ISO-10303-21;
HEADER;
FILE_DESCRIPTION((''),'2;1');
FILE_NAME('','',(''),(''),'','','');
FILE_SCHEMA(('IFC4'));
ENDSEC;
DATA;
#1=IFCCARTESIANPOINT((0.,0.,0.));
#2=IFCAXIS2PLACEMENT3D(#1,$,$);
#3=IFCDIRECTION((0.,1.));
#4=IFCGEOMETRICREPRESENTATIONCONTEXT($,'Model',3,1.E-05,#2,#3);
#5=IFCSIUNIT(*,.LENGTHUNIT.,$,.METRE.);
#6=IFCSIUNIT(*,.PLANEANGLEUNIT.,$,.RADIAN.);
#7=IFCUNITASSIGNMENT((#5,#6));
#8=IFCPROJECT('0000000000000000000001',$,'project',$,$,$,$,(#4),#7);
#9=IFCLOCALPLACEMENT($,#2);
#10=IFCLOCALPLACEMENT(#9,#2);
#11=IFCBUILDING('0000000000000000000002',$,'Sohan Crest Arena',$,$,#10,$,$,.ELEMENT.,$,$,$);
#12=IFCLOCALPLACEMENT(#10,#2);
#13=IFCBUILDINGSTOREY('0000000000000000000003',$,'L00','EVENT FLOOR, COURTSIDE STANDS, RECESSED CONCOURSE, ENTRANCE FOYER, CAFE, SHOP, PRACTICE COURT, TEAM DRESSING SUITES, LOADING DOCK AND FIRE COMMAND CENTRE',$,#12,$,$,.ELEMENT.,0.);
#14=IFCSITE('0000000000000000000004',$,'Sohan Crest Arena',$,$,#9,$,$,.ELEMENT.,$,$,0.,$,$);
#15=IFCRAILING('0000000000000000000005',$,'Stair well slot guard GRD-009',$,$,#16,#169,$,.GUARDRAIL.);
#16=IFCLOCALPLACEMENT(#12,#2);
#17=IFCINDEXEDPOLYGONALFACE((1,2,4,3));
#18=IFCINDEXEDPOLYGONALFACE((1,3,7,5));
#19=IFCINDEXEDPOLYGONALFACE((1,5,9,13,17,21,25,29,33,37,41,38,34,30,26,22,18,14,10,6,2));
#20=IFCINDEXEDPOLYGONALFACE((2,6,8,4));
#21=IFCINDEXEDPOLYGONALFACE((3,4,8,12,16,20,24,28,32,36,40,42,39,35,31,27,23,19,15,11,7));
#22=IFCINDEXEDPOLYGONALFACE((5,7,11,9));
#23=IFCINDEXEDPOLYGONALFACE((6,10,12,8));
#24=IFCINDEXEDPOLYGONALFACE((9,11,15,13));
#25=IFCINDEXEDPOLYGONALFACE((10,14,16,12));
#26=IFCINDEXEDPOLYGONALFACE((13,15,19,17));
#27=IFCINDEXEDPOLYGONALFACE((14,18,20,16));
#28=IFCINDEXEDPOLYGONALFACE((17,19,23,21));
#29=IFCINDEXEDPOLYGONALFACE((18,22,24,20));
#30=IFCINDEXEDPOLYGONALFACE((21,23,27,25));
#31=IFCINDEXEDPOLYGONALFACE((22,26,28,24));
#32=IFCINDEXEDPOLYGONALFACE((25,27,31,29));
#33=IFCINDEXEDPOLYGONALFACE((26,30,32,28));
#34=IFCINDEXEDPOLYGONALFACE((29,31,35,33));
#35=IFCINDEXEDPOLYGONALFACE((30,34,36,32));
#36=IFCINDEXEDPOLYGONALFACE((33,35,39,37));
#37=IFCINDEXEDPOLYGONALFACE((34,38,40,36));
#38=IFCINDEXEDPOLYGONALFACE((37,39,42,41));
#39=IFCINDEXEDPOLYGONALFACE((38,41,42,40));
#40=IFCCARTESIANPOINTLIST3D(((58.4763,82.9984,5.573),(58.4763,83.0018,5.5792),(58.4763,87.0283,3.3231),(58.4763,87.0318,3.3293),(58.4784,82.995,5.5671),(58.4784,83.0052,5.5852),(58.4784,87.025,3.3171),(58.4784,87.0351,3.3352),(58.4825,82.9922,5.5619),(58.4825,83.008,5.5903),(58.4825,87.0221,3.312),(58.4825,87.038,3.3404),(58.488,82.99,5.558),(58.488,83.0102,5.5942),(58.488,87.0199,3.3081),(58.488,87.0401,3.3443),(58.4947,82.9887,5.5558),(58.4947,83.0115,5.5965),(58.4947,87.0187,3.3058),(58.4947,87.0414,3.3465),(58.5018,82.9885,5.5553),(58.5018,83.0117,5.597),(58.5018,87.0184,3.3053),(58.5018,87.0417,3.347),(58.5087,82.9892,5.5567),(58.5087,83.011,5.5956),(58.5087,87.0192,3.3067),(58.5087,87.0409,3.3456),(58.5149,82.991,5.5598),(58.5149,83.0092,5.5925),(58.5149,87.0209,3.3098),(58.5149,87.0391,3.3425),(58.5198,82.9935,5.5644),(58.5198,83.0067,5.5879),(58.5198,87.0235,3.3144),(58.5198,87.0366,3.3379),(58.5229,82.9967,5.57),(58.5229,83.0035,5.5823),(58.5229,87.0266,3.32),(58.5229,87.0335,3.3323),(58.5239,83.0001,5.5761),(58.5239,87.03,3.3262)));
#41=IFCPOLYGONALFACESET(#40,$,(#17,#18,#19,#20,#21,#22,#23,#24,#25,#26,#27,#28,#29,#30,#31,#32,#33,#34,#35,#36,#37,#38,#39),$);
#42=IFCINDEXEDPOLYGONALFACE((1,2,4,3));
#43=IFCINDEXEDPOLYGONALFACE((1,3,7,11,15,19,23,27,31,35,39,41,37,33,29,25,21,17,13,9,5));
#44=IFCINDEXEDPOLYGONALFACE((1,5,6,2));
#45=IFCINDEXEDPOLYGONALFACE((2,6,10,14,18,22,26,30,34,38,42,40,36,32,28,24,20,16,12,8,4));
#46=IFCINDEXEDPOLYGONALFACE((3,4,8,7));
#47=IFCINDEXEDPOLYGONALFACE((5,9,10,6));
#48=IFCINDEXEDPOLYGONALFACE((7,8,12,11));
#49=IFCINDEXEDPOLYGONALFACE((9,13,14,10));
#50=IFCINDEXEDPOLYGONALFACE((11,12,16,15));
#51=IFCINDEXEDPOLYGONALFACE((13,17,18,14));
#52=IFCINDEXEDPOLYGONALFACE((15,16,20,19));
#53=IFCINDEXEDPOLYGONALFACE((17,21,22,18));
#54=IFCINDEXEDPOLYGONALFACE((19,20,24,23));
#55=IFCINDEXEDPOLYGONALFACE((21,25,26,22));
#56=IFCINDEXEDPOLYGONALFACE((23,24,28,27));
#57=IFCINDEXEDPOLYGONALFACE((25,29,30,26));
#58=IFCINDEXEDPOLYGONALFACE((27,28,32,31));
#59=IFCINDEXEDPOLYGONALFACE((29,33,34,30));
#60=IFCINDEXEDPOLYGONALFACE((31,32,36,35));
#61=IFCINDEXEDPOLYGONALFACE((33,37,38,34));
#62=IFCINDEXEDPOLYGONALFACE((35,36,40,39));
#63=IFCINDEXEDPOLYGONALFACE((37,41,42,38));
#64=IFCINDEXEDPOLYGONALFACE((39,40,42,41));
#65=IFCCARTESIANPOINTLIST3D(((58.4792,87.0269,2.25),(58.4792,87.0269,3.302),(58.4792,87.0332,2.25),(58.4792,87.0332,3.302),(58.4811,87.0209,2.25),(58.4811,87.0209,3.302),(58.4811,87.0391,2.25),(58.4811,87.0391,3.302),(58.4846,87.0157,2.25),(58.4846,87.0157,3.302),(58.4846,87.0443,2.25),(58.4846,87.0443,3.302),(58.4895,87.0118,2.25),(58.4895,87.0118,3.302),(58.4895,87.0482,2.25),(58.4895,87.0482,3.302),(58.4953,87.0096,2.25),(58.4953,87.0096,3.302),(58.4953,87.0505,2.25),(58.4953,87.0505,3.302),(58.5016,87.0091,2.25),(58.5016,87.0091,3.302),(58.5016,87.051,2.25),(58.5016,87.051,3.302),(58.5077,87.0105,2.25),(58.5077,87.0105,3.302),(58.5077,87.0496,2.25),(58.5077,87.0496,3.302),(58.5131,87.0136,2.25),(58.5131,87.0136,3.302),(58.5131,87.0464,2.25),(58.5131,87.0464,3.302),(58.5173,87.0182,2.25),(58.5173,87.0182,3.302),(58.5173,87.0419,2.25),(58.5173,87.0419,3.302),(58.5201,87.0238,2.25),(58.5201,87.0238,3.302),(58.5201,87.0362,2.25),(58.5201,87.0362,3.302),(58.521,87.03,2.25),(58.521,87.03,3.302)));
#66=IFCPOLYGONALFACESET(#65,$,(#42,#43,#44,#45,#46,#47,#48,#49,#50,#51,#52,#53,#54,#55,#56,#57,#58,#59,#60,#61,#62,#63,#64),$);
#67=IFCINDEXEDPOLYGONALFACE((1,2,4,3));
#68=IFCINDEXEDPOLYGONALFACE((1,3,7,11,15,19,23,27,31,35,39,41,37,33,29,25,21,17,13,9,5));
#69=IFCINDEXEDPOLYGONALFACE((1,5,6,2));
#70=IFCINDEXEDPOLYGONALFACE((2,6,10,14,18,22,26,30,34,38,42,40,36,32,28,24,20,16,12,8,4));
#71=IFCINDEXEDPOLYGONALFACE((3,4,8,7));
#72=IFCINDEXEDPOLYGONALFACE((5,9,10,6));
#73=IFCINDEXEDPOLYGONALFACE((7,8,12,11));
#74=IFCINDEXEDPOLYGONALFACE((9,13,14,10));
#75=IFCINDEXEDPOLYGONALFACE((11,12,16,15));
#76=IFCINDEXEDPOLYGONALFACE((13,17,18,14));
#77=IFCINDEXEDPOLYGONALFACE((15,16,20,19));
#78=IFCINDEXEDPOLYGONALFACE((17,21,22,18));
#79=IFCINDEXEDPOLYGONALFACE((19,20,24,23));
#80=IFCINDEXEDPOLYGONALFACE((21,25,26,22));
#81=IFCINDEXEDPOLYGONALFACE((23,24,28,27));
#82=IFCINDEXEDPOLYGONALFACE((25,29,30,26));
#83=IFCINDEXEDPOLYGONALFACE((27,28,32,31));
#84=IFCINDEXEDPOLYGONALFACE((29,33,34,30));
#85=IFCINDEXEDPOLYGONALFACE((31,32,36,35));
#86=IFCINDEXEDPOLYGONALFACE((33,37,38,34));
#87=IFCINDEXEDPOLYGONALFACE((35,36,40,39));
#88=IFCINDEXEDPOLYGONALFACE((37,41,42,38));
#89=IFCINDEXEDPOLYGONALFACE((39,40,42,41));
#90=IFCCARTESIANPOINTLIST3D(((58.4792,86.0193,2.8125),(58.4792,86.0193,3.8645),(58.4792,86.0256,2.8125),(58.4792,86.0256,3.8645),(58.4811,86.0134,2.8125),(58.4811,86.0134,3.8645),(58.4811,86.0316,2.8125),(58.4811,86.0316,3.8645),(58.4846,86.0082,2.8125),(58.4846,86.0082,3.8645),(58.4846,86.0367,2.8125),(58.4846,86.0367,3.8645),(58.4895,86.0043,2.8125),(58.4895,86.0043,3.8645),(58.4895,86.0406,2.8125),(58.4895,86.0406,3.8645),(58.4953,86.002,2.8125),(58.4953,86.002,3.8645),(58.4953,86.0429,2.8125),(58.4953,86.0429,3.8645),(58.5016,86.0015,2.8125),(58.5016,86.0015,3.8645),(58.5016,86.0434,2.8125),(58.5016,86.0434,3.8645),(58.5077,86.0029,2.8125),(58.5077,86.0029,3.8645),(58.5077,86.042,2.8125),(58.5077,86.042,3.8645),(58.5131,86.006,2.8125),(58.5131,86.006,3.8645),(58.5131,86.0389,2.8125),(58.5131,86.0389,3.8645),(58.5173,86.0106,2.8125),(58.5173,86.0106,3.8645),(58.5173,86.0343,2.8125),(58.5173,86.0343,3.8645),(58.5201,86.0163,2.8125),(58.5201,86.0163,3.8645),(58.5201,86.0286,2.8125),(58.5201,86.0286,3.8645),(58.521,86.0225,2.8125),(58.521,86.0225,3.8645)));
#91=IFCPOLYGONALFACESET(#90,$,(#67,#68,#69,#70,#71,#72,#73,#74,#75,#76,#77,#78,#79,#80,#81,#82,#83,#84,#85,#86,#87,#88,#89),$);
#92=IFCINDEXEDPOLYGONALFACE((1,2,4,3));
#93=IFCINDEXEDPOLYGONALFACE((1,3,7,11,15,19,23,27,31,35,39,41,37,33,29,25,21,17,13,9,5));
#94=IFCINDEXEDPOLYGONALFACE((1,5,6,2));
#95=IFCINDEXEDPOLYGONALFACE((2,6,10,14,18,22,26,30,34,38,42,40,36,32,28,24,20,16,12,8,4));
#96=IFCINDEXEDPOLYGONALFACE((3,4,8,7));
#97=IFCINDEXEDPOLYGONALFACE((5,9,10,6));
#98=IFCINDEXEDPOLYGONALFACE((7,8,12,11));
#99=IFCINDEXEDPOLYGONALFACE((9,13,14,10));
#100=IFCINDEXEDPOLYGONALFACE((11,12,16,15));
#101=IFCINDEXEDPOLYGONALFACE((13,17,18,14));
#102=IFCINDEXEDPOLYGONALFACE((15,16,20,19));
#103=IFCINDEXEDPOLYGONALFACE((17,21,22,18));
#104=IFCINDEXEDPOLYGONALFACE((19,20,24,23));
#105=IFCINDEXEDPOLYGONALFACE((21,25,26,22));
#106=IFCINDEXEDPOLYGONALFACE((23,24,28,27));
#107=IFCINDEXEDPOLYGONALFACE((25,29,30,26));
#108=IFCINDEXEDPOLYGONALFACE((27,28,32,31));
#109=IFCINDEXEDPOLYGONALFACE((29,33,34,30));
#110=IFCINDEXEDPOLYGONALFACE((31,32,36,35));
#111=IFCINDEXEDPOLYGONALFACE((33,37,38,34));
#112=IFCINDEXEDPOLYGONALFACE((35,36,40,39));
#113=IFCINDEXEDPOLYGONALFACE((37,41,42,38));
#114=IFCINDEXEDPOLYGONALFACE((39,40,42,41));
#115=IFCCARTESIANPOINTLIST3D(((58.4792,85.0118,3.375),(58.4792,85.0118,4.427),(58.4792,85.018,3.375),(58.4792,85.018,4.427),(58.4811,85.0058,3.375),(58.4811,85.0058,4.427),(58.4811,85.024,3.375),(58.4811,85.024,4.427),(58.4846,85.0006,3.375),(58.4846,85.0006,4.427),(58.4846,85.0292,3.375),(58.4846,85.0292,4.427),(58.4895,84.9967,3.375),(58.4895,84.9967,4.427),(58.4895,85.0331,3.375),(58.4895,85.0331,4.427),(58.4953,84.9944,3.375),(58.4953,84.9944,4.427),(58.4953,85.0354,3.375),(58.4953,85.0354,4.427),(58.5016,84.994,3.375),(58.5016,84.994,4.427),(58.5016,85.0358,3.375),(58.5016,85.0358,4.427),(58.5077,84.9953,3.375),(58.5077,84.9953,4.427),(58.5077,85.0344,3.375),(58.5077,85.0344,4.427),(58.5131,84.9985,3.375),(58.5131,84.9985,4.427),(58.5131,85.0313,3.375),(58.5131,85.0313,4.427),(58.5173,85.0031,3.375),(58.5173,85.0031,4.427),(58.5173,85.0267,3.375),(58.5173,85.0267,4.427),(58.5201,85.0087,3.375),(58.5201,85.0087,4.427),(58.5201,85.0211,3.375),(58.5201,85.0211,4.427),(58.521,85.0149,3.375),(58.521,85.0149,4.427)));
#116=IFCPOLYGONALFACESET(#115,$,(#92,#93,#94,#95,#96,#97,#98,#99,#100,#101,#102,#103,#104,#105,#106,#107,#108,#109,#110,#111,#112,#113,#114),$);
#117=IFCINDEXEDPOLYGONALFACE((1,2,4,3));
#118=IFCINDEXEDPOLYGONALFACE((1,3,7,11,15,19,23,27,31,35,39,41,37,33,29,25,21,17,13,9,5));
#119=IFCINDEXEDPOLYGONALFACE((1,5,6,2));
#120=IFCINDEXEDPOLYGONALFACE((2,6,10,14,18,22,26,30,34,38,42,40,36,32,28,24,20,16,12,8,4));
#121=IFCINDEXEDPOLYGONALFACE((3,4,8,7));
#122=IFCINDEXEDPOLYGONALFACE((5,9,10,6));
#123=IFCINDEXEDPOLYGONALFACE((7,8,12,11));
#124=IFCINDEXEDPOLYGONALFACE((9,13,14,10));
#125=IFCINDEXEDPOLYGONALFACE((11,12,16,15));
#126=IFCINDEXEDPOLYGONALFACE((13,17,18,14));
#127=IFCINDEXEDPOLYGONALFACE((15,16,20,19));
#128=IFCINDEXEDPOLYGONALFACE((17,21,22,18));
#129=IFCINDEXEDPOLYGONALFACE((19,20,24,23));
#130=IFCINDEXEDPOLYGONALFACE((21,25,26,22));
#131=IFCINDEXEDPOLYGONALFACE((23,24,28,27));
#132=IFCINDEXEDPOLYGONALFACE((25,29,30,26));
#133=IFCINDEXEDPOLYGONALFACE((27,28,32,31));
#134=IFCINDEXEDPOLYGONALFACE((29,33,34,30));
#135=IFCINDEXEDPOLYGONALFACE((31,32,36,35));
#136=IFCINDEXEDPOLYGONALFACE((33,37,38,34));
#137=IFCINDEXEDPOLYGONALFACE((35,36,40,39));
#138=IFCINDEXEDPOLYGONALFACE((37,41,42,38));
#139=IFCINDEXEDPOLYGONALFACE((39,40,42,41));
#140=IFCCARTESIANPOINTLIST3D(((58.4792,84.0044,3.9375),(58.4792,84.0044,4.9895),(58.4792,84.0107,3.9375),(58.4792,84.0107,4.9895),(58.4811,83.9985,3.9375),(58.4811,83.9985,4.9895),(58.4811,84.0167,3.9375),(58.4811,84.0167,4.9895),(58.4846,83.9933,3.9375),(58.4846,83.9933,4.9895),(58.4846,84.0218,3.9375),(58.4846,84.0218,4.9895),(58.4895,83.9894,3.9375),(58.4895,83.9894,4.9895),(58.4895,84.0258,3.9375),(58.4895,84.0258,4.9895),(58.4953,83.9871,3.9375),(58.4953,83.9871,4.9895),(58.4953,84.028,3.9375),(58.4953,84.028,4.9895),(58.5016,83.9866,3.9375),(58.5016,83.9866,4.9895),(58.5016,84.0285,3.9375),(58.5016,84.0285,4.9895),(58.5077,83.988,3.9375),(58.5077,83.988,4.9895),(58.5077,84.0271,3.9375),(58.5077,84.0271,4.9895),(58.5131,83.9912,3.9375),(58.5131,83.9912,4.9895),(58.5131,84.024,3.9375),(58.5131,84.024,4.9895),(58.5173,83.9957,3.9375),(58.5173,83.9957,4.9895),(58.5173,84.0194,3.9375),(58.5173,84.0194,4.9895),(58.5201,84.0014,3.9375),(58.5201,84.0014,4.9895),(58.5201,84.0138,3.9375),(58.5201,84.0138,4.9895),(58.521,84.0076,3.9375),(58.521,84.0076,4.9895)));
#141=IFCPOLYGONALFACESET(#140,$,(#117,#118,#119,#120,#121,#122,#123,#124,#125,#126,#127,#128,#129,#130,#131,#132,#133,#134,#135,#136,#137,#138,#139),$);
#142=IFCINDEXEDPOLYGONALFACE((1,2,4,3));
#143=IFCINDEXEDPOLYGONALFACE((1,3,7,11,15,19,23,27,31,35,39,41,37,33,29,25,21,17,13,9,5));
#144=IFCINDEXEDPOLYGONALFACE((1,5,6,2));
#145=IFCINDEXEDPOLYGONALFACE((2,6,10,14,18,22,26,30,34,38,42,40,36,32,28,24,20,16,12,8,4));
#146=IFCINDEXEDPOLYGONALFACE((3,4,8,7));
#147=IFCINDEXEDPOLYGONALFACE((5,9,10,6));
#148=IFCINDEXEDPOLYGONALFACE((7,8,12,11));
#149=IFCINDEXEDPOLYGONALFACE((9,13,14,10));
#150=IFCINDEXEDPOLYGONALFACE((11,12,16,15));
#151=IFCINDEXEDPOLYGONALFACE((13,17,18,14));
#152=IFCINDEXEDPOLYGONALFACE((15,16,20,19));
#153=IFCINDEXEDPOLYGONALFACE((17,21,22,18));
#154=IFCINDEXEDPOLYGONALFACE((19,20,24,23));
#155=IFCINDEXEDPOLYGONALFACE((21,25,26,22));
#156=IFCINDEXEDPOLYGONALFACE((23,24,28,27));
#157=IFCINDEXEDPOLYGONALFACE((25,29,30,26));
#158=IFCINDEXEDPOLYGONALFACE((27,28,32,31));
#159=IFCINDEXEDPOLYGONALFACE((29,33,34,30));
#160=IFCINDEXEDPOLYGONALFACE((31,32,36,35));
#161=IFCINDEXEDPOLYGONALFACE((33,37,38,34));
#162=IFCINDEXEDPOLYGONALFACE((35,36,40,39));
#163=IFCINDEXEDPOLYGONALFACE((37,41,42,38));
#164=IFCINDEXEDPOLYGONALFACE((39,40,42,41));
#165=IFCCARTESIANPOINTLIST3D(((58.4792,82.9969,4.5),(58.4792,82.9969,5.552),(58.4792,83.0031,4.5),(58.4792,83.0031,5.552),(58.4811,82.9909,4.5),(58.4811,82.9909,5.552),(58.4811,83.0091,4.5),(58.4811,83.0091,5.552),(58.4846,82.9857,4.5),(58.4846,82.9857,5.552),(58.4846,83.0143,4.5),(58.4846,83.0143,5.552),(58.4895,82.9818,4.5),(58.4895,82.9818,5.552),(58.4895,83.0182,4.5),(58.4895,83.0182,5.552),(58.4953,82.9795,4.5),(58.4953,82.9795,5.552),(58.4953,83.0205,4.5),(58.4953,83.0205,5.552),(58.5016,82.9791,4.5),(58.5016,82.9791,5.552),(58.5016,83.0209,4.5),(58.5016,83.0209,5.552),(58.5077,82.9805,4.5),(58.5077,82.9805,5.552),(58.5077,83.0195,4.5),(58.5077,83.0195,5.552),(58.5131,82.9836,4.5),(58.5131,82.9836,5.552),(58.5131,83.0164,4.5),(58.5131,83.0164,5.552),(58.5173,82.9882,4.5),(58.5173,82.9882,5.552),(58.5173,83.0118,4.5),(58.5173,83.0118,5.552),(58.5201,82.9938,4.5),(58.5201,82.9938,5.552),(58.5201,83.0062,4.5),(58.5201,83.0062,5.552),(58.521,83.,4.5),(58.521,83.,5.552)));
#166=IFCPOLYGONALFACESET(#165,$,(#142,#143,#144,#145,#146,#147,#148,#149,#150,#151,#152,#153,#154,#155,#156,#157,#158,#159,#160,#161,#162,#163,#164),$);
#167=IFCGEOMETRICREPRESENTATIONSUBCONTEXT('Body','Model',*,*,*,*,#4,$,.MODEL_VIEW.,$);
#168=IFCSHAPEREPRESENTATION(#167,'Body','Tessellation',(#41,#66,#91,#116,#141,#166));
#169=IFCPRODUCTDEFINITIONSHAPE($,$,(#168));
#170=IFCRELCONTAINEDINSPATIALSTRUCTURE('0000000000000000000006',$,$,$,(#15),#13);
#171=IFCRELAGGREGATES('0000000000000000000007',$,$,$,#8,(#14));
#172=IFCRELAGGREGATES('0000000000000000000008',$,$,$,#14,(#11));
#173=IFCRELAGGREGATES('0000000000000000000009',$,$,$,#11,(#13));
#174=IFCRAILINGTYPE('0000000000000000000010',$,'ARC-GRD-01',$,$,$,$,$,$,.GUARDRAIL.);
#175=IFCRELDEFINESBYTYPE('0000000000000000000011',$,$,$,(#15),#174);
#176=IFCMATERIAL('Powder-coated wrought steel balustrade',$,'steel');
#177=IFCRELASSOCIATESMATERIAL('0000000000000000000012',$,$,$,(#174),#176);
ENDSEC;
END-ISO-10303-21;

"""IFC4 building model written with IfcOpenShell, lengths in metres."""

from ifc_helpers import new_model, si_unit, direction, frame, origin, origin_2d, place, context, subcontext, project, spatial, circle, extrude, material, type_object, element, save


model = new_model("IFC4")

# Units and contexts
model_context = context("Model", 3, precision=1e-05, world=origin(), true_north=direction((0.0, 1.0)))
body_context = subcontext(model_context, "Body", "Model", "MODEL_VIEW")
ifc_project = project(units=[si_unit("LENGTHUNIT", "METRE"), si_unit("PLANEANGLEUNIT", "RADIAN")], contexts=[model_context])

# Site, building, storey
site_placement = place(None, origin())
site = spatial("IfcSite", under=ifc_project, at=site_placement, Name="Sohan Crest Arena", CompositionType="ELEMENT", RefElevation=0.0)
building_placement = place(site_placement, origin())
building = spatial("IfcBuilding", under=site, at=building_placement, Name="Sohan Crest Arena", CompositionType="ELEMENT")
storey_placement = place(building_placement, origin())
storey = spatial("IfcBuildingStorey", under=building, at=storey_placement, Name="L00", Description="EVENT FLOOR, COURTSIDE STANDS, RECESSED CONCOURSE, ENTRANCE FOYER, CAFE, SHOP, PRACTICE COURT, TEAM DRESSING SUITES, LOADING DOCK AND FIRE COMMAND CENTRE", CompositionType="ELEMENT", Elevation=0.0)

# Railing
ifc_material_1 = material(Name="Powder-coated wrought steel balustrade", Category="steel")
railing_type_1 = type_object("IfcRailingType", Name="ARC-GRD-01", PredefinedType="GUARDRAIL", material=ifc_material_1)
railing_placement = place(storey_placement, frame((58.5, 87.03, 2.25)))
element("IfcRailing", 1, at=railing_placement, inside=storey, type_object=railing_type_1, Name="Stair well slot guard GRD-009", PredefinedType="GUARDRAIL", context=body_context, shape_type="SweptSolid", body=[
    extrude(circle(Radius=0.0239, at=origin_2d()), frame((0.0, 0.0, 1.0762), z_axis=(0.0, -0.873135, 0.487479), x_axis=(1.0, 0.0, 0.0)), (0.0, 0.0, 1.0), 4.6155),
    extrude(circle(Radius=0.021, at=origin_2d()), origin(), (0.0, 0.0, 1.0), 1.052),
    extrude(circle(Radius=0.021, at=origin_2d()), frame((0.0, -1.0076, 0.5625)), (0.0, 0.0, 1.0), 1.052),
    extrude(circle(Radius=0.021, at=origin_2d()), frame((0.0, -2.0151, 1.125)), (0.0, 0.0, 1.0), 1.052),
    extrude(circle(Radius=0.021, at=origin_2d()), frame((0.0, -3.0225, 1.6875)), (0.0, 0.0, 1.0), 1.052),
    extrude(circle(Radius=0.021, at=origin_2d()), frame((0.0, -4.03, 2.25)), (0.0, 0.0, 1.0), 1.052),
])

save(model, "model.ifc")
